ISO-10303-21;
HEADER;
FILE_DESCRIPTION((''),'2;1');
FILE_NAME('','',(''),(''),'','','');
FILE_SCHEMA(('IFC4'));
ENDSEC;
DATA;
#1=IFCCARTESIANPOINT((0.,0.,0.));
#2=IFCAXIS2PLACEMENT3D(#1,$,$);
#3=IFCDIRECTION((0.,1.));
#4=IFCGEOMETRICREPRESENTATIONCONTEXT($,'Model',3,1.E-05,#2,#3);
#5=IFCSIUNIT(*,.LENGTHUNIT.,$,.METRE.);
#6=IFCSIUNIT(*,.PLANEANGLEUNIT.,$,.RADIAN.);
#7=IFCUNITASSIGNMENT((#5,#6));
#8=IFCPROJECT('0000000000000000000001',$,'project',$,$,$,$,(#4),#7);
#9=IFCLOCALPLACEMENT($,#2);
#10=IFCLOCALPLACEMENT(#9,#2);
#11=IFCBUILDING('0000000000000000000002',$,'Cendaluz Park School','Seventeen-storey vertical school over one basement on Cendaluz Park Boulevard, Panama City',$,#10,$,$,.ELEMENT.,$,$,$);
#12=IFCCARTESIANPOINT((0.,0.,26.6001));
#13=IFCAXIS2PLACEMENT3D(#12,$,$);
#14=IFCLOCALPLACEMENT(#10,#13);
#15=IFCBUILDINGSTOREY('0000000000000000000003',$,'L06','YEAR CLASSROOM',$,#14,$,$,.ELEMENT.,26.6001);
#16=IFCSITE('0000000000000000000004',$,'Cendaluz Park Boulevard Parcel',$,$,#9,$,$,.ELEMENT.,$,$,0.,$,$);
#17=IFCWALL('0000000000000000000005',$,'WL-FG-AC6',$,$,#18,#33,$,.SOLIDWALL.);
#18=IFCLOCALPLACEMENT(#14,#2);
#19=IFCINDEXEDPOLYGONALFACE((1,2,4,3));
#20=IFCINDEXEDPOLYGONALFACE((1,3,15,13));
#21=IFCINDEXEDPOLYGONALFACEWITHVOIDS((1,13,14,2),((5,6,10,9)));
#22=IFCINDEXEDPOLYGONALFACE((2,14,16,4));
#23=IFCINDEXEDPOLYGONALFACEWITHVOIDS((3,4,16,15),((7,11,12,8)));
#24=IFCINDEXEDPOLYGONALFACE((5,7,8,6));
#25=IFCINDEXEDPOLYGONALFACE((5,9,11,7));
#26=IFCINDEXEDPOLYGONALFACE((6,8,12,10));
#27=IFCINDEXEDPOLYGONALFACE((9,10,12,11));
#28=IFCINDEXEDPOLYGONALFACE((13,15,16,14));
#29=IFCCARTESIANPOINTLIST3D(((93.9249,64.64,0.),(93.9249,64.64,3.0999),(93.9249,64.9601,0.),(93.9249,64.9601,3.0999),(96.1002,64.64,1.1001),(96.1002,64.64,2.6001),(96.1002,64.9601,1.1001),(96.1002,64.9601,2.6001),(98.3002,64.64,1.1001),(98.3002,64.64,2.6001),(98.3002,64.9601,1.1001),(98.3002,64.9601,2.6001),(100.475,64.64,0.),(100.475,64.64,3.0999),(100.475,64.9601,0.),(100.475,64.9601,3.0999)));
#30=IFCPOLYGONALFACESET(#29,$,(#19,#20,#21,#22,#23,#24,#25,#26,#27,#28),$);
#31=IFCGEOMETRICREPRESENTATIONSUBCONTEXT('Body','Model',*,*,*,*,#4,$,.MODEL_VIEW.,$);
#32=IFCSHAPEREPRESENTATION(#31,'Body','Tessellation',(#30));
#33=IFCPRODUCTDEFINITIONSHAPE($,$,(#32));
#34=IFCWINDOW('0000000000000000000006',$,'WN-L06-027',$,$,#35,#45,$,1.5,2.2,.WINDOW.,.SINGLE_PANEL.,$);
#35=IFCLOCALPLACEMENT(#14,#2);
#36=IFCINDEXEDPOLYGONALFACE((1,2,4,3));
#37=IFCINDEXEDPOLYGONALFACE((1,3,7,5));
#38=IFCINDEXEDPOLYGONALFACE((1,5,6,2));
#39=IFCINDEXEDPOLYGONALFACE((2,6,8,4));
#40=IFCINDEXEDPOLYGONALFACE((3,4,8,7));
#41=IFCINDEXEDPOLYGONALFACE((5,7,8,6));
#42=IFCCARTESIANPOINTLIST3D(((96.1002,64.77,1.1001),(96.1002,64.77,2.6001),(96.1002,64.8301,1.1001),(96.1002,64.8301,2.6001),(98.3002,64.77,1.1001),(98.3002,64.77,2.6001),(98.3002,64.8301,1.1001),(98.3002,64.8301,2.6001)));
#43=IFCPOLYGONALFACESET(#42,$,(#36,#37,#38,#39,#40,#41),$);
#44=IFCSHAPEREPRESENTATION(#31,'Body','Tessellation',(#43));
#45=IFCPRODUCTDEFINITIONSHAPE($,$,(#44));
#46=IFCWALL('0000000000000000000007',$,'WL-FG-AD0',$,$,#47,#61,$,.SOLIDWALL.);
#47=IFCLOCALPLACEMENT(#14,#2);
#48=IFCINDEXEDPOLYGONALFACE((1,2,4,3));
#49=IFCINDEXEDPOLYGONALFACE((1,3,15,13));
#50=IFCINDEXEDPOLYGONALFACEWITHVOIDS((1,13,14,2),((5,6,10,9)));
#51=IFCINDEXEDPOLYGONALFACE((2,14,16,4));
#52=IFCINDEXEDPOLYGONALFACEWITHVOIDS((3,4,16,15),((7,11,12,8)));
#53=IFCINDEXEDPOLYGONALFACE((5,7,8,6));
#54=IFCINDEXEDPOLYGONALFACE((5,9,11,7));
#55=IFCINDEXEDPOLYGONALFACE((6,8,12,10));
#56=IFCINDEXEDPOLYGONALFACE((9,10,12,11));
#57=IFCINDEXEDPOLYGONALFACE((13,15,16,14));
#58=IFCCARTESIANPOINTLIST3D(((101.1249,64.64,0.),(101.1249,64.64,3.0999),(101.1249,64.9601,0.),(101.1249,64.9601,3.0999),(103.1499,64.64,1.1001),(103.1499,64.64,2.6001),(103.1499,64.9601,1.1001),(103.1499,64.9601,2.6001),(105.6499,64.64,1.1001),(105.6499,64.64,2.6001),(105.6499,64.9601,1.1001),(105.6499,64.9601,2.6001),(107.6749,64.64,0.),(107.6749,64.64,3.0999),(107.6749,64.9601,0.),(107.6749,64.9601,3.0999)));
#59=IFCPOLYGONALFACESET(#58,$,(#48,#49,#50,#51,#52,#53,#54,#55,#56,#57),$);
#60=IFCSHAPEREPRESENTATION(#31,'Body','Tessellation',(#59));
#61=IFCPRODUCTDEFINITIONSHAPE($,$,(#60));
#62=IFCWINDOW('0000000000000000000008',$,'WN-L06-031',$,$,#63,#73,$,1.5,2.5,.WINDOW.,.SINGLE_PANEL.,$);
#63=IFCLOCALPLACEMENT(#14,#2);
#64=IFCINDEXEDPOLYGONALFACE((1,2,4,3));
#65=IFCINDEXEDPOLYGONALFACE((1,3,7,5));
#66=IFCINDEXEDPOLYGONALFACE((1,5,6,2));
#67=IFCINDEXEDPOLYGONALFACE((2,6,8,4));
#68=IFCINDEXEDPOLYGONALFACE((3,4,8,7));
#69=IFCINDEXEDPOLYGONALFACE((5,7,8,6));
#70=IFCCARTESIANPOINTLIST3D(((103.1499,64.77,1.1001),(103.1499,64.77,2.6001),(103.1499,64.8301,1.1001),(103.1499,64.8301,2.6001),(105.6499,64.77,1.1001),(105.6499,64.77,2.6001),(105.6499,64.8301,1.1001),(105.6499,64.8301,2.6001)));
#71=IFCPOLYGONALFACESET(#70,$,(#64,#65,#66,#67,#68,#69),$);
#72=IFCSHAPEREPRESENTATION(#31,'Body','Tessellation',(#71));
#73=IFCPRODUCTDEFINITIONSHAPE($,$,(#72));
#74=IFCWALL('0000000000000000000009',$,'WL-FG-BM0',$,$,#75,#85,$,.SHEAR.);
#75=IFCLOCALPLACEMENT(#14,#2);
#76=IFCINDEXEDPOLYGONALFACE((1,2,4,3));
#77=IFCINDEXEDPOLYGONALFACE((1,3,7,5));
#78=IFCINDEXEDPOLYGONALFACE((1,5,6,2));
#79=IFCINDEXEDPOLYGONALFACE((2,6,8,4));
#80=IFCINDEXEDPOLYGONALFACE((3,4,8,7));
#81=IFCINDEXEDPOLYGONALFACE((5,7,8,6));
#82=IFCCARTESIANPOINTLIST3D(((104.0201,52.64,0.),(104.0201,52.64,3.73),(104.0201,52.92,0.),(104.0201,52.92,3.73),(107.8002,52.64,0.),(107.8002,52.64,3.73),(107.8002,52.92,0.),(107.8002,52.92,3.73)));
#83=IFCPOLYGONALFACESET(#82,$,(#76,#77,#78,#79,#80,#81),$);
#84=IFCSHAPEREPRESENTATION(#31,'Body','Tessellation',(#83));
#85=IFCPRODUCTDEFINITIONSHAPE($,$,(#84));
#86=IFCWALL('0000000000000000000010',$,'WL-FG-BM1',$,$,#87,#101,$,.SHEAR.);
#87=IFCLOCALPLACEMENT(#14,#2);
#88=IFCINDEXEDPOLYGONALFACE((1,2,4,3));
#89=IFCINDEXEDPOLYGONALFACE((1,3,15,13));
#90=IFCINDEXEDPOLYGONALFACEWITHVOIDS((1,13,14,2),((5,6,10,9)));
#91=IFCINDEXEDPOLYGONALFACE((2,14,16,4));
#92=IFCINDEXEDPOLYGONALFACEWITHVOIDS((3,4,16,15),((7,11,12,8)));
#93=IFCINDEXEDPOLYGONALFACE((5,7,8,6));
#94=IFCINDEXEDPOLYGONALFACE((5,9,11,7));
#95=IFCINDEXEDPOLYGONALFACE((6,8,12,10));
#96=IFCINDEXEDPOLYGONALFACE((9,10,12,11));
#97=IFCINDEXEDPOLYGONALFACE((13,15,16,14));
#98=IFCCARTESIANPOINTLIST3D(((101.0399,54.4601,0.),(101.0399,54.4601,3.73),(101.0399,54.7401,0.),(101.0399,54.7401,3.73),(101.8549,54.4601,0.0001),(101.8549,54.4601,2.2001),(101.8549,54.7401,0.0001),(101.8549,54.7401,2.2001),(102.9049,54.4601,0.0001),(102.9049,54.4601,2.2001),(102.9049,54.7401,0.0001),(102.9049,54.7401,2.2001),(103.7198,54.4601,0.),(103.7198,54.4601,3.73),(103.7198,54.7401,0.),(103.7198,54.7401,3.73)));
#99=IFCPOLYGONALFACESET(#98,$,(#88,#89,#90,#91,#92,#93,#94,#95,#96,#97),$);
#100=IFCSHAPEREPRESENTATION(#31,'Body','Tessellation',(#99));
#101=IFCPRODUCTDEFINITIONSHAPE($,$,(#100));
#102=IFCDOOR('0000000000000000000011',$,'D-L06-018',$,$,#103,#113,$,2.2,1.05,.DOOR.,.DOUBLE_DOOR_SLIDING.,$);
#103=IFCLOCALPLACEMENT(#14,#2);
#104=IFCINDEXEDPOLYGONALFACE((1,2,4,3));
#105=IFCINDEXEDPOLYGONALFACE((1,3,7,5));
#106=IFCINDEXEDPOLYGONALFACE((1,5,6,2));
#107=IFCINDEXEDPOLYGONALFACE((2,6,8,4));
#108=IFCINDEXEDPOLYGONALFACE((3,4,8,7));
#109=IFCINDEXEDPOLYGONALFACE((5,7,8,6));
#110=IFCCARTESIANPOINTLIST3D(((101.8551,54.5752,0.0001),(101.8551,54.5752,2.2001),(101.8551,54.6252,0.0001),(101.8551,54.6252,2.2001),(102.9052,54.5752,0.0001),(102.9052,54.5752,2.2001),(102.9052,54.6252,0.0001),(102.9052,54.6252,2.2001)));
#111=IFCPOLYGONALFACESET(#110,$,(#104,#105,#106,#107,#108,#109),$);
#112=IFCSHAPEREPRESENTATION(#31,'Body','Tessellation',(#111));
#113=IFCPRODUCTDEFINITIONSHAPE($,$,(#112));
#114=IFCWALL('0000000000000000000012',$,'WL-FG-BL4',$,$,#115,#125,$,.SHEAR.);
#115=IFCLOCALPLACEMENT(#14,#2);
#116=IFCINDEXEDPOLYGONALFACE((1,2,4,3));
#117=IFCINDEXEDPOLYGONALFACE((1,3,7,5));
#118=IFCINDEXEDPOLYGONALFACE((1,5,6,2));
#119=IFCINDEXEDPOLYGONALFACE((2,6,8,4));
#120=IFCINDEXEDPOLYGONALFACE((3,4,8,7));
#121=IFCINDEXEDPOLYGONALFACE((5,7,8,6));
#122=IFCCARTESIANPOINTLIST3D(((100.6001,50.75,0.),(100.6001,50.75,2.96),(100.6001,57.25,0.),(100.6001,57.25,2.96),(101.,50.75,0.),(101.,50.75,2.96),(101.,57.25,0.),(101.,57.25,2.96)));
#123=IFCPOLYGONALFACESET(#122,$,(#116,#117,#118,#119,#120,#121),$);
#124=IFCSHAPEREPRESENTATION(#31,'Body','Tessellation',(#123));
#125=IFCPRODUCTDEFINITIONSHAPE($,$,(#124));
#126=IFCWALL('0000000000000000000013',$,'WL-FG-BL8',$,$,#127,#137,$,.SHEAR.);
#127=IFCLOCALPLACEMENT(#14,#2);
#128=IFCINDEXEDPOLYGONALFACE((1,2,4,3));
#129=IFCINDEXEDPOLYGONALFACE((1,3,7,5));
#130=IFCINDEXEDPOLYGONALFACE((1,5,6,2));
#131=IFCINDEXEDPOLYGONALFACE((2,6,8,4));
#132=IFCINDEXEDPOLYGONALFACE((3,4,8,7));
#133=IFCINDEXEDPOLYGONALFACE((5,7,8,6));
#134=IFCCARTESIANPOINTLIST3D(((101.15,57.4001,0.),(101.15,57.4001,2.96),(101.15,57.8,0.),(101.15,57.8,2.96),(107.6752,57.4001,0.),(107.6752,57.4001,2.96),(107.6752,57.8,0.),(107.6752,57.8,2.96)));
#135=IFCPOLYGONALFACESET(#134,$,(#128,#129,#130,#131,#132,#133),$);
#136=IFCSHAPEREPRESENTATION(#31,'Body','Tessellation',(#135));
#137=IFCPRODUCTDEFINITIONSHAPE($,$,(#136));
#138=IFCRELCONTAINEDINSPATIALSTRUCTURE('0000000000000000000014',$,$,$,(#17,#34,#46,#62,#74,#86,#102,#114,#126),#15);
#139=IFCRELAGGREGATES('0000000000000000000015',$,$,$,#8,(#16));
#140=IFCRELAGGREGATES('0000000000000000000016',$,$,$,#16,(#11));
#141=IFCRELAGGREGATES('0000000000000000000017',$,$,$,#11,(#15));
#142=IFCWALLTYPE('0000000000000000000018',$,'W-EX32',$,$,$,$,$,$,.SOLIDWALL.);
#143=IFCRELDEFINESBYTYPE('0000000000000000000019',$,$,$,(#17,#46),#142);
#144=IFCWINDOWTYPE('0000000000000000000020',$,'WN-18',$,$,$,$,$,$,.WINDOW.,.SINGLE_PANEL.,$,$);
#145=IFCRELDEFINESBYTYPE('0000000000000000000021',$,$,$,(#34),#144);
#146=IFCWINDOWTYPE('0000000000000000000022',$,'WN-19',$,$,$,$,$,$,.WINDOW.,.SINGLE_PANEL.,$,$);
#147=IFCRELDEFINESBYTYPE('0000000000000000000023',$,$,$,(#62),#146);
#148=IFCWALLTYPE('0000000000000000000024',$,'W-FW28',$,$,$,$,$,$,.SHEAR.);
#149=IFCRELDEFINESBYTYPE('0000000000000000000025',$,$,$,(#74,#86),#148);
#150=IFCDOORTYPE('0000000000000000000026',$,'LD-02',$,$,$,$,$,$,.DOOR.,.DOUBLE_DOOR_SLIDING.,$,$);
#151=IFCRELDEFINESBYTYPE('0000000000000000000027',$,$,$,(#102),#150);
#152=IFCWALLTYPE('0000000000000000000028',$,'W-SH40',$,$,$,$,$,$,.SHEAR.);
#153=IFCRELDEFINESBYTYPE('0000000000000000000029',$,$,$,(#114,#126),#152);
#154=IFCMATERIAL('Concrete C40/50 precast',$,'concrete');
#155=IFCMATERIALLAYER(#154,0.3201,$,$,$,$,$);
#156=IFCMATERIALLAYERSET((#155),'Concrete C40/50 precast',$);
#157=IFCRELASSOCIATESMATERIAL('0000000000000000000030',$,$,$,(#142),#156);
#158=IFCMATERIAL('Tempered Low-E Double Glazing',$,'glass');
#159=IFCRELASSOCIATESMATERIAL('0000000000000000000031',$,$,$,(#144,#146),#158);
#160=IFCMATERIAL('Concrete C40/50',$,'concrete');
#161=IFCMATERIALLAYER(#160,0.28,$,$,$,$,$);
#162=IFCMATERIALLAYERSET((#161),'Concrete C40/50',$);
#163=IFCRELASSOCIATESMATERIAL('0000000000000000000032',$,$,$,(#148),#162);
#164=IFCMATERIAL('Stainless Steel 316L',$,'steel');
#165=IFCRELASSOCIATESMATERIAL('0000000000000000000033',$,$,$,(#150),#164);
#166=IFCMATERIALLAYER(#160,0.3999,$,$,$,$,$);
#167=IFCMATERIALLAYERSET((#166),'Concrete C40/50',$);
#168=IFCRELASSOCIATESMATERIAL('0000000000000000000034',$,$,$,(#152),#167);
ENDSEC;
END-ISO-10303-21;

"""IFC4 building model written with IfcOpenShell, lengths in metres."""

from ifc_helpers import new_model, si_unit, direction, frame, frame_2d, origin, place, context, subcontext, project, spatial, rectangle, extrude, material, layer, layer_set, type_object, element, fill, save


model = new_model("IFC4")

# Units and contexts
model_context = context("Model", 3, precision=1e-05, world=origin(), true_north=direction((0.0, 1.0)))
body_context = subcontext(model_context, "Body", "Model", "MODEL_VIEW")
ifc_project = project(units=[si_unit("LENGTHUNIT", "METRE"), si_unit("PLANEANGLEUNIT", "RADIAN")], contexts=[model_context])

# Site, building, storey
site_placement = place(None, origin())
site = spatial("IfcSite", under=ifc_project, at=site_placement, Name="Cendaluz Park Boulevard Parcel", CompositionType="ELEMENT", RefElevation=0.0)
building_placement = place(site_placement, origin())
building = spatial("IfcBuilding", under=site, at=building_placement, Name="Cendaluz Park School", Description="Seventeen-storey vertical school over one basement on Cendaluz Park Boulevard, Panama City", CompositionType="ELEMENT")
storey_placement = place(building_placement, frame((0.0, 0.0, 26.6001)))
storey = spatial("IfcBuildingStorey", under=building, at=storey_placement, Name="L06", Description="YEAR CLASSROOM", CompositionType="ELEMENT", Elevation=26.6001)

# Shared definitions
ifc_material_1 = material(Name="Concrete C40/50", Category="concrete")

# Walls, openings, windows
ifc_material_2 = material(Name="Concrete C40/50 precast", Category="concrete")
ifc_layer_1 = layer(ifc_material_2, 0.3201)
ifc_layer_set_1 = layer_set([ifc_layer_1], Name="Concrete C40/50 precast")
wall_type_1 = type_object("IfcWallType", Name="W-EX32", PredefinedType="SOLIDWALL", material=ifc_layer_set_1)
wall_1_placement = place(storey_placement, frame((93.925, 64.8, 0.0), z_axis=(0.0, 0.0, 1.0), x_axis=(1.0, 0.0, 0.0)))
wall_1 = element("IfcWall", 1, at=wall_1_placement, inside=storey, type_object=wall_type_1, Name="WL-FG-AC6", PredefinedType="SOLIDWALL", context=body_context, shape_type="SweptSolid", body=[
    extrude(rectangle(XDim=6.55, YDim=0.3201, at=frame_2d((3.2749, 0.0))), origin(), (0.0, 0.0, 1.0), 3.0999),
])
opening_1_placement = place(wall_1_placement, frame((2.175, 0.0, 1.1001)))
opening_1 = element("IfcOpeningElement", 2, at=opening_1_placement, cuts=wall_1, PredefinedType="OPENING", context=body_context, shape_type="SweptSolid", body=[
    extrude(rectangle(XDim=2.2, YDim=1.5, at=frame_2d((1.1001, 0.75))), frame((0.0, 0.1721, 0.0), z_axis=(0.0, -1.0, 0.0), x_axis=(1.0, 0.0, 0.0)), (0.0, 0.0, 1.0), 0.344),
])
ifc_material_3 = material(Name="Tempered Low-E Double Glazing", Category="glass")
window_type_1 = type_object("IfcWindowType", Name="WN-18", PartitioningType="SINGLE_PANEL", PredefinedType="WINDOW", material=ifc_material_3)
window_1_placement = place(opening_1_placement, origin())
window_1 = element("IfcWindow", 3, at=window_1_placement, inside=storey, type_object=window_type_1, Name="WN-L06-027", OverallHeight=1.5, OverallWidth=2.2, PartitioningType="SINGLE_PANEL", PredefinedType="WINDOW", context=body_context, shape_type="SweptSolid", body=[
    extrude(rectangle(XDim=2.2, YDim=1.5, at=frame_2d((1.1001, 0.75))), frame((0.0, 0.03, 0.0), z_axis=(0.0, -1.0, 0.0), x_axis=(1.0, 0.0, 0.0)), (0.0, 0.0, 1.0), 0.0601),
])
fill(opening_1, window_1)
wall_2_placement = place(storey_placement, frame((101.125, 64.8, 0.0), z_axis=(0.0, 0.0, 1.0), x_axis=(1.0, 0.0, 0.0)))
wall_2 = element("IfcWall", 4, at=wall_2_placement, inside=storey, type_object=wall_type_1, Name="WL-FG-AD0", PredefinedType="SOLIDWALL", context=body_context, shape_type="SweptSolid", body=[
    extrude(rectangle(XDim=6.55, YDim=0.3201, at=frame_2d((3.2749, 0.0))), origin(), (0.0, 0.0, 1.0), 3.0999),
])
opening_2_placement = place(wall_2_placement, frame((2.0249, 0.0, 1.1001)))
opening_2 = element("IfcOpeningElement", 5, at=opening_2_placement, cuts=wall_2, PredefinedType="OPENING", context=body_context, shape_type="SweptSolid", body=[
    extrude(rectangle(XDim=2.5, YDim=1.5, at=frame_2d((1.25, 0.75))), frame((0.0, 0.1721, 0.0), z_axis=(0.0, -1.0, 0.0), x_axis=(1.0, 0.0, 0.0)), (0.0, 0.0, 1.0), 0.344),
])
window_type_2 = type_object("IfcWindowType", Name="WN-19", PartitioningType="SINGLE_PANEL", PredefinedType="WINDOW", material=ifc_material_3)
window_2_placement = place(opening_2_placement, origin())
window_2 = element("IfcWindow", 6, at=window_2_placement, inside=storey, type_object=window_type_2, Name="WN-L06-031", OverallHeight=1.5, OverallWidth=2.5, PartitioningType="SINGLE_PANEL", PredefinedType="WINDOW", context=body_context, shape_type="SweptSolid", body=[
    extrude(rectangle(XDim=2.5, YDim=1.5, at=frame_2d((1.25, 0.75))), frame((0.0, 0.03, 0.0), z_axis=(0.0, -1.0, 0.0), x_axis=(1.0, 0.0, 0.0)), (0.0, 0.0, 1.0), 0.0601),
])
fill(opening_2, window_2)

# Wall
ifc_layer_2 = layer(ifc_material_1, 0.28)
ifc_layer_set_2 = layer_set([ifc_layer_2], Name="Concrete C40/50")
wall_type_2 = type_object("IfcWallType", Name="W-FW28", PredefinedType="SHEAR", material=ifc_layer_set_2)
wall_3_placement = place(storey_placement, frame((104.02, 52.78, 0.0), z_axis=(0.0, 0.0, 1.0), x_axis=(1.0, 0.0, 0.0)))
element("IfcWall", 7, at=wall_3_placement, inside=storey, type_object=wall_type_2, Name="WL-FG-BM0", PredefinedType="SHEAR", context=body_context, shape_type="SweptSolid", body=[
    extrude(rectangle(XDim=3.78, YDim=0.28, at=frame_2d((1.8901, 0.0))), origin(), (0.0, 0.0, 1.0), 3.73),
])

# Wall, opening, door
wall_4_placement = place(storey_placement, frame((101.04, 54.6001, 0.0), z_axis=(0.0, 0.0, 1.0), x_axis=(1.0, 0.0, 0.0)))
wall_4 = element("IfcWall", 8, at=wall_4_placement, inside=storey, type_object=wall_type_2, Name="WL-FG-BM1", PredefinedType="SHEAR", context=body_context, shape_type="SweptSolid", body=[
    extrude(rectangle(XDim=2.6799, YDim=0.28, at=frame_2d((1.3398, 0.0))), origin(), (0.0, 0.0, 1.0), 3.73),
])
opening_3_placement = place(wall_4_placement, frame((0.8149, 0.0, 0.0)))
opening_3 = element("IfcOpeningElement", 9, at=opening_3_placement, cuts=wall_4, PredefinedType="OPENING", context=body_context, shape_type="SweptSolid", body=[
    extrude(rectangle(XDim=1.05, YDim=2.2, at=frame_2d((0.5249, 1.1001))), frame((0.0, 0.1521, 0.0), z_axis=(0.0, -1.0, 0.0), x_axis=(1.0, 0.0, 0.0)), (0.0, 0.0, 1.0), 0.304),
])
ifc_material_4 = material(Name="Stainless Steel 316L", Category="steel")
door_type_1 = type_object("IfcDoorType", Name="LD-02", OperationType="DOUBLE_DOOR_SLIDING", PredefinedType="DOOR", material=ifc_material_4)
door_1_placement = place(opening_3_placement, frame((1.05, 0.0, 0.0), z_axis=(0.0, 0.0, 1.0), x_axis=(-1.0, 0.0, 0.0)))
door_1 = element("IfcDoor", 10, at=door_1_placement, inside=storey, type_object=door_type_1, Name="D-L06-018", OperationType="DOUBLE_DOOR_SLIDING", OverallHeight=2.2, OverallWidth=1.05, PredefinedType="DOOR", context=body_context, shape_type="SweptSolid", body=[
    extrude(rectangle(XDim=1.05, YDim=2.2, at=frame_2d((0.5249, 1.1001))), frame((0.0, 0.0249, 0.0), z_axis=(0.0, -1.0, 0.0), x_axis=(1.0, 0.0, 0.0)), (0.0, 0.0, 1.0), 0.05),
])
fill(opening_3, door_1)

# Walls
ifc_layer_3 = layer(ifc_material_1, 0.3999)
ifc_layer_set_3 = layer_set([ifc_layer_3], Name="Concrete C40/50")
wall_type_3 = type_object("IfcWallType", Name="W-SH40", PredefinedType="SHEAR", material=ifc_layer_set_3)
wall_5_placement = place(storey_placement, frame((100.8, 50.75, 0.0), z_axis=(0.0, 0.0, 1.0), x_axis=(0.0, 1.0, 0.0)))
element("IfcWall", 11, at=wall_5_placement, inside=storey, type_object=wall_type_3, Name="WL-FG-BL4", PredefinedType="SHEAR", context=body_context, shape_type="SweptSolid", body=[
    extrude(rectangle(XDim=6.5, YDim=0.3999, at=frame_2d((3.25, 0.0))), origin(), (0.0, 0.0, 1.0), 2.96),
])
wall_6_placement = place(storey_placement, frame((101.1499, 57.6001, 0.0), z_axis=(0.0, 0.0, 1.0), x_axis=(1.0, 0.0, 0.0)))
element("IfcWall", 12, at=wall_6_placement, inside=storey, type_object=wall_type_3, Name="WL-FG-BL8", PredefinedType="SHEAR", context=body_context, shape_type="SweptSolid", body=[
    extrude(rectangle(XDim=6.5251, YDim=0.3999, at=frame_2d((3.2627, 0.0))), origin(), (0.0, 0.0, 1.0), 2.96),
])

save(model, "model.ifc")
